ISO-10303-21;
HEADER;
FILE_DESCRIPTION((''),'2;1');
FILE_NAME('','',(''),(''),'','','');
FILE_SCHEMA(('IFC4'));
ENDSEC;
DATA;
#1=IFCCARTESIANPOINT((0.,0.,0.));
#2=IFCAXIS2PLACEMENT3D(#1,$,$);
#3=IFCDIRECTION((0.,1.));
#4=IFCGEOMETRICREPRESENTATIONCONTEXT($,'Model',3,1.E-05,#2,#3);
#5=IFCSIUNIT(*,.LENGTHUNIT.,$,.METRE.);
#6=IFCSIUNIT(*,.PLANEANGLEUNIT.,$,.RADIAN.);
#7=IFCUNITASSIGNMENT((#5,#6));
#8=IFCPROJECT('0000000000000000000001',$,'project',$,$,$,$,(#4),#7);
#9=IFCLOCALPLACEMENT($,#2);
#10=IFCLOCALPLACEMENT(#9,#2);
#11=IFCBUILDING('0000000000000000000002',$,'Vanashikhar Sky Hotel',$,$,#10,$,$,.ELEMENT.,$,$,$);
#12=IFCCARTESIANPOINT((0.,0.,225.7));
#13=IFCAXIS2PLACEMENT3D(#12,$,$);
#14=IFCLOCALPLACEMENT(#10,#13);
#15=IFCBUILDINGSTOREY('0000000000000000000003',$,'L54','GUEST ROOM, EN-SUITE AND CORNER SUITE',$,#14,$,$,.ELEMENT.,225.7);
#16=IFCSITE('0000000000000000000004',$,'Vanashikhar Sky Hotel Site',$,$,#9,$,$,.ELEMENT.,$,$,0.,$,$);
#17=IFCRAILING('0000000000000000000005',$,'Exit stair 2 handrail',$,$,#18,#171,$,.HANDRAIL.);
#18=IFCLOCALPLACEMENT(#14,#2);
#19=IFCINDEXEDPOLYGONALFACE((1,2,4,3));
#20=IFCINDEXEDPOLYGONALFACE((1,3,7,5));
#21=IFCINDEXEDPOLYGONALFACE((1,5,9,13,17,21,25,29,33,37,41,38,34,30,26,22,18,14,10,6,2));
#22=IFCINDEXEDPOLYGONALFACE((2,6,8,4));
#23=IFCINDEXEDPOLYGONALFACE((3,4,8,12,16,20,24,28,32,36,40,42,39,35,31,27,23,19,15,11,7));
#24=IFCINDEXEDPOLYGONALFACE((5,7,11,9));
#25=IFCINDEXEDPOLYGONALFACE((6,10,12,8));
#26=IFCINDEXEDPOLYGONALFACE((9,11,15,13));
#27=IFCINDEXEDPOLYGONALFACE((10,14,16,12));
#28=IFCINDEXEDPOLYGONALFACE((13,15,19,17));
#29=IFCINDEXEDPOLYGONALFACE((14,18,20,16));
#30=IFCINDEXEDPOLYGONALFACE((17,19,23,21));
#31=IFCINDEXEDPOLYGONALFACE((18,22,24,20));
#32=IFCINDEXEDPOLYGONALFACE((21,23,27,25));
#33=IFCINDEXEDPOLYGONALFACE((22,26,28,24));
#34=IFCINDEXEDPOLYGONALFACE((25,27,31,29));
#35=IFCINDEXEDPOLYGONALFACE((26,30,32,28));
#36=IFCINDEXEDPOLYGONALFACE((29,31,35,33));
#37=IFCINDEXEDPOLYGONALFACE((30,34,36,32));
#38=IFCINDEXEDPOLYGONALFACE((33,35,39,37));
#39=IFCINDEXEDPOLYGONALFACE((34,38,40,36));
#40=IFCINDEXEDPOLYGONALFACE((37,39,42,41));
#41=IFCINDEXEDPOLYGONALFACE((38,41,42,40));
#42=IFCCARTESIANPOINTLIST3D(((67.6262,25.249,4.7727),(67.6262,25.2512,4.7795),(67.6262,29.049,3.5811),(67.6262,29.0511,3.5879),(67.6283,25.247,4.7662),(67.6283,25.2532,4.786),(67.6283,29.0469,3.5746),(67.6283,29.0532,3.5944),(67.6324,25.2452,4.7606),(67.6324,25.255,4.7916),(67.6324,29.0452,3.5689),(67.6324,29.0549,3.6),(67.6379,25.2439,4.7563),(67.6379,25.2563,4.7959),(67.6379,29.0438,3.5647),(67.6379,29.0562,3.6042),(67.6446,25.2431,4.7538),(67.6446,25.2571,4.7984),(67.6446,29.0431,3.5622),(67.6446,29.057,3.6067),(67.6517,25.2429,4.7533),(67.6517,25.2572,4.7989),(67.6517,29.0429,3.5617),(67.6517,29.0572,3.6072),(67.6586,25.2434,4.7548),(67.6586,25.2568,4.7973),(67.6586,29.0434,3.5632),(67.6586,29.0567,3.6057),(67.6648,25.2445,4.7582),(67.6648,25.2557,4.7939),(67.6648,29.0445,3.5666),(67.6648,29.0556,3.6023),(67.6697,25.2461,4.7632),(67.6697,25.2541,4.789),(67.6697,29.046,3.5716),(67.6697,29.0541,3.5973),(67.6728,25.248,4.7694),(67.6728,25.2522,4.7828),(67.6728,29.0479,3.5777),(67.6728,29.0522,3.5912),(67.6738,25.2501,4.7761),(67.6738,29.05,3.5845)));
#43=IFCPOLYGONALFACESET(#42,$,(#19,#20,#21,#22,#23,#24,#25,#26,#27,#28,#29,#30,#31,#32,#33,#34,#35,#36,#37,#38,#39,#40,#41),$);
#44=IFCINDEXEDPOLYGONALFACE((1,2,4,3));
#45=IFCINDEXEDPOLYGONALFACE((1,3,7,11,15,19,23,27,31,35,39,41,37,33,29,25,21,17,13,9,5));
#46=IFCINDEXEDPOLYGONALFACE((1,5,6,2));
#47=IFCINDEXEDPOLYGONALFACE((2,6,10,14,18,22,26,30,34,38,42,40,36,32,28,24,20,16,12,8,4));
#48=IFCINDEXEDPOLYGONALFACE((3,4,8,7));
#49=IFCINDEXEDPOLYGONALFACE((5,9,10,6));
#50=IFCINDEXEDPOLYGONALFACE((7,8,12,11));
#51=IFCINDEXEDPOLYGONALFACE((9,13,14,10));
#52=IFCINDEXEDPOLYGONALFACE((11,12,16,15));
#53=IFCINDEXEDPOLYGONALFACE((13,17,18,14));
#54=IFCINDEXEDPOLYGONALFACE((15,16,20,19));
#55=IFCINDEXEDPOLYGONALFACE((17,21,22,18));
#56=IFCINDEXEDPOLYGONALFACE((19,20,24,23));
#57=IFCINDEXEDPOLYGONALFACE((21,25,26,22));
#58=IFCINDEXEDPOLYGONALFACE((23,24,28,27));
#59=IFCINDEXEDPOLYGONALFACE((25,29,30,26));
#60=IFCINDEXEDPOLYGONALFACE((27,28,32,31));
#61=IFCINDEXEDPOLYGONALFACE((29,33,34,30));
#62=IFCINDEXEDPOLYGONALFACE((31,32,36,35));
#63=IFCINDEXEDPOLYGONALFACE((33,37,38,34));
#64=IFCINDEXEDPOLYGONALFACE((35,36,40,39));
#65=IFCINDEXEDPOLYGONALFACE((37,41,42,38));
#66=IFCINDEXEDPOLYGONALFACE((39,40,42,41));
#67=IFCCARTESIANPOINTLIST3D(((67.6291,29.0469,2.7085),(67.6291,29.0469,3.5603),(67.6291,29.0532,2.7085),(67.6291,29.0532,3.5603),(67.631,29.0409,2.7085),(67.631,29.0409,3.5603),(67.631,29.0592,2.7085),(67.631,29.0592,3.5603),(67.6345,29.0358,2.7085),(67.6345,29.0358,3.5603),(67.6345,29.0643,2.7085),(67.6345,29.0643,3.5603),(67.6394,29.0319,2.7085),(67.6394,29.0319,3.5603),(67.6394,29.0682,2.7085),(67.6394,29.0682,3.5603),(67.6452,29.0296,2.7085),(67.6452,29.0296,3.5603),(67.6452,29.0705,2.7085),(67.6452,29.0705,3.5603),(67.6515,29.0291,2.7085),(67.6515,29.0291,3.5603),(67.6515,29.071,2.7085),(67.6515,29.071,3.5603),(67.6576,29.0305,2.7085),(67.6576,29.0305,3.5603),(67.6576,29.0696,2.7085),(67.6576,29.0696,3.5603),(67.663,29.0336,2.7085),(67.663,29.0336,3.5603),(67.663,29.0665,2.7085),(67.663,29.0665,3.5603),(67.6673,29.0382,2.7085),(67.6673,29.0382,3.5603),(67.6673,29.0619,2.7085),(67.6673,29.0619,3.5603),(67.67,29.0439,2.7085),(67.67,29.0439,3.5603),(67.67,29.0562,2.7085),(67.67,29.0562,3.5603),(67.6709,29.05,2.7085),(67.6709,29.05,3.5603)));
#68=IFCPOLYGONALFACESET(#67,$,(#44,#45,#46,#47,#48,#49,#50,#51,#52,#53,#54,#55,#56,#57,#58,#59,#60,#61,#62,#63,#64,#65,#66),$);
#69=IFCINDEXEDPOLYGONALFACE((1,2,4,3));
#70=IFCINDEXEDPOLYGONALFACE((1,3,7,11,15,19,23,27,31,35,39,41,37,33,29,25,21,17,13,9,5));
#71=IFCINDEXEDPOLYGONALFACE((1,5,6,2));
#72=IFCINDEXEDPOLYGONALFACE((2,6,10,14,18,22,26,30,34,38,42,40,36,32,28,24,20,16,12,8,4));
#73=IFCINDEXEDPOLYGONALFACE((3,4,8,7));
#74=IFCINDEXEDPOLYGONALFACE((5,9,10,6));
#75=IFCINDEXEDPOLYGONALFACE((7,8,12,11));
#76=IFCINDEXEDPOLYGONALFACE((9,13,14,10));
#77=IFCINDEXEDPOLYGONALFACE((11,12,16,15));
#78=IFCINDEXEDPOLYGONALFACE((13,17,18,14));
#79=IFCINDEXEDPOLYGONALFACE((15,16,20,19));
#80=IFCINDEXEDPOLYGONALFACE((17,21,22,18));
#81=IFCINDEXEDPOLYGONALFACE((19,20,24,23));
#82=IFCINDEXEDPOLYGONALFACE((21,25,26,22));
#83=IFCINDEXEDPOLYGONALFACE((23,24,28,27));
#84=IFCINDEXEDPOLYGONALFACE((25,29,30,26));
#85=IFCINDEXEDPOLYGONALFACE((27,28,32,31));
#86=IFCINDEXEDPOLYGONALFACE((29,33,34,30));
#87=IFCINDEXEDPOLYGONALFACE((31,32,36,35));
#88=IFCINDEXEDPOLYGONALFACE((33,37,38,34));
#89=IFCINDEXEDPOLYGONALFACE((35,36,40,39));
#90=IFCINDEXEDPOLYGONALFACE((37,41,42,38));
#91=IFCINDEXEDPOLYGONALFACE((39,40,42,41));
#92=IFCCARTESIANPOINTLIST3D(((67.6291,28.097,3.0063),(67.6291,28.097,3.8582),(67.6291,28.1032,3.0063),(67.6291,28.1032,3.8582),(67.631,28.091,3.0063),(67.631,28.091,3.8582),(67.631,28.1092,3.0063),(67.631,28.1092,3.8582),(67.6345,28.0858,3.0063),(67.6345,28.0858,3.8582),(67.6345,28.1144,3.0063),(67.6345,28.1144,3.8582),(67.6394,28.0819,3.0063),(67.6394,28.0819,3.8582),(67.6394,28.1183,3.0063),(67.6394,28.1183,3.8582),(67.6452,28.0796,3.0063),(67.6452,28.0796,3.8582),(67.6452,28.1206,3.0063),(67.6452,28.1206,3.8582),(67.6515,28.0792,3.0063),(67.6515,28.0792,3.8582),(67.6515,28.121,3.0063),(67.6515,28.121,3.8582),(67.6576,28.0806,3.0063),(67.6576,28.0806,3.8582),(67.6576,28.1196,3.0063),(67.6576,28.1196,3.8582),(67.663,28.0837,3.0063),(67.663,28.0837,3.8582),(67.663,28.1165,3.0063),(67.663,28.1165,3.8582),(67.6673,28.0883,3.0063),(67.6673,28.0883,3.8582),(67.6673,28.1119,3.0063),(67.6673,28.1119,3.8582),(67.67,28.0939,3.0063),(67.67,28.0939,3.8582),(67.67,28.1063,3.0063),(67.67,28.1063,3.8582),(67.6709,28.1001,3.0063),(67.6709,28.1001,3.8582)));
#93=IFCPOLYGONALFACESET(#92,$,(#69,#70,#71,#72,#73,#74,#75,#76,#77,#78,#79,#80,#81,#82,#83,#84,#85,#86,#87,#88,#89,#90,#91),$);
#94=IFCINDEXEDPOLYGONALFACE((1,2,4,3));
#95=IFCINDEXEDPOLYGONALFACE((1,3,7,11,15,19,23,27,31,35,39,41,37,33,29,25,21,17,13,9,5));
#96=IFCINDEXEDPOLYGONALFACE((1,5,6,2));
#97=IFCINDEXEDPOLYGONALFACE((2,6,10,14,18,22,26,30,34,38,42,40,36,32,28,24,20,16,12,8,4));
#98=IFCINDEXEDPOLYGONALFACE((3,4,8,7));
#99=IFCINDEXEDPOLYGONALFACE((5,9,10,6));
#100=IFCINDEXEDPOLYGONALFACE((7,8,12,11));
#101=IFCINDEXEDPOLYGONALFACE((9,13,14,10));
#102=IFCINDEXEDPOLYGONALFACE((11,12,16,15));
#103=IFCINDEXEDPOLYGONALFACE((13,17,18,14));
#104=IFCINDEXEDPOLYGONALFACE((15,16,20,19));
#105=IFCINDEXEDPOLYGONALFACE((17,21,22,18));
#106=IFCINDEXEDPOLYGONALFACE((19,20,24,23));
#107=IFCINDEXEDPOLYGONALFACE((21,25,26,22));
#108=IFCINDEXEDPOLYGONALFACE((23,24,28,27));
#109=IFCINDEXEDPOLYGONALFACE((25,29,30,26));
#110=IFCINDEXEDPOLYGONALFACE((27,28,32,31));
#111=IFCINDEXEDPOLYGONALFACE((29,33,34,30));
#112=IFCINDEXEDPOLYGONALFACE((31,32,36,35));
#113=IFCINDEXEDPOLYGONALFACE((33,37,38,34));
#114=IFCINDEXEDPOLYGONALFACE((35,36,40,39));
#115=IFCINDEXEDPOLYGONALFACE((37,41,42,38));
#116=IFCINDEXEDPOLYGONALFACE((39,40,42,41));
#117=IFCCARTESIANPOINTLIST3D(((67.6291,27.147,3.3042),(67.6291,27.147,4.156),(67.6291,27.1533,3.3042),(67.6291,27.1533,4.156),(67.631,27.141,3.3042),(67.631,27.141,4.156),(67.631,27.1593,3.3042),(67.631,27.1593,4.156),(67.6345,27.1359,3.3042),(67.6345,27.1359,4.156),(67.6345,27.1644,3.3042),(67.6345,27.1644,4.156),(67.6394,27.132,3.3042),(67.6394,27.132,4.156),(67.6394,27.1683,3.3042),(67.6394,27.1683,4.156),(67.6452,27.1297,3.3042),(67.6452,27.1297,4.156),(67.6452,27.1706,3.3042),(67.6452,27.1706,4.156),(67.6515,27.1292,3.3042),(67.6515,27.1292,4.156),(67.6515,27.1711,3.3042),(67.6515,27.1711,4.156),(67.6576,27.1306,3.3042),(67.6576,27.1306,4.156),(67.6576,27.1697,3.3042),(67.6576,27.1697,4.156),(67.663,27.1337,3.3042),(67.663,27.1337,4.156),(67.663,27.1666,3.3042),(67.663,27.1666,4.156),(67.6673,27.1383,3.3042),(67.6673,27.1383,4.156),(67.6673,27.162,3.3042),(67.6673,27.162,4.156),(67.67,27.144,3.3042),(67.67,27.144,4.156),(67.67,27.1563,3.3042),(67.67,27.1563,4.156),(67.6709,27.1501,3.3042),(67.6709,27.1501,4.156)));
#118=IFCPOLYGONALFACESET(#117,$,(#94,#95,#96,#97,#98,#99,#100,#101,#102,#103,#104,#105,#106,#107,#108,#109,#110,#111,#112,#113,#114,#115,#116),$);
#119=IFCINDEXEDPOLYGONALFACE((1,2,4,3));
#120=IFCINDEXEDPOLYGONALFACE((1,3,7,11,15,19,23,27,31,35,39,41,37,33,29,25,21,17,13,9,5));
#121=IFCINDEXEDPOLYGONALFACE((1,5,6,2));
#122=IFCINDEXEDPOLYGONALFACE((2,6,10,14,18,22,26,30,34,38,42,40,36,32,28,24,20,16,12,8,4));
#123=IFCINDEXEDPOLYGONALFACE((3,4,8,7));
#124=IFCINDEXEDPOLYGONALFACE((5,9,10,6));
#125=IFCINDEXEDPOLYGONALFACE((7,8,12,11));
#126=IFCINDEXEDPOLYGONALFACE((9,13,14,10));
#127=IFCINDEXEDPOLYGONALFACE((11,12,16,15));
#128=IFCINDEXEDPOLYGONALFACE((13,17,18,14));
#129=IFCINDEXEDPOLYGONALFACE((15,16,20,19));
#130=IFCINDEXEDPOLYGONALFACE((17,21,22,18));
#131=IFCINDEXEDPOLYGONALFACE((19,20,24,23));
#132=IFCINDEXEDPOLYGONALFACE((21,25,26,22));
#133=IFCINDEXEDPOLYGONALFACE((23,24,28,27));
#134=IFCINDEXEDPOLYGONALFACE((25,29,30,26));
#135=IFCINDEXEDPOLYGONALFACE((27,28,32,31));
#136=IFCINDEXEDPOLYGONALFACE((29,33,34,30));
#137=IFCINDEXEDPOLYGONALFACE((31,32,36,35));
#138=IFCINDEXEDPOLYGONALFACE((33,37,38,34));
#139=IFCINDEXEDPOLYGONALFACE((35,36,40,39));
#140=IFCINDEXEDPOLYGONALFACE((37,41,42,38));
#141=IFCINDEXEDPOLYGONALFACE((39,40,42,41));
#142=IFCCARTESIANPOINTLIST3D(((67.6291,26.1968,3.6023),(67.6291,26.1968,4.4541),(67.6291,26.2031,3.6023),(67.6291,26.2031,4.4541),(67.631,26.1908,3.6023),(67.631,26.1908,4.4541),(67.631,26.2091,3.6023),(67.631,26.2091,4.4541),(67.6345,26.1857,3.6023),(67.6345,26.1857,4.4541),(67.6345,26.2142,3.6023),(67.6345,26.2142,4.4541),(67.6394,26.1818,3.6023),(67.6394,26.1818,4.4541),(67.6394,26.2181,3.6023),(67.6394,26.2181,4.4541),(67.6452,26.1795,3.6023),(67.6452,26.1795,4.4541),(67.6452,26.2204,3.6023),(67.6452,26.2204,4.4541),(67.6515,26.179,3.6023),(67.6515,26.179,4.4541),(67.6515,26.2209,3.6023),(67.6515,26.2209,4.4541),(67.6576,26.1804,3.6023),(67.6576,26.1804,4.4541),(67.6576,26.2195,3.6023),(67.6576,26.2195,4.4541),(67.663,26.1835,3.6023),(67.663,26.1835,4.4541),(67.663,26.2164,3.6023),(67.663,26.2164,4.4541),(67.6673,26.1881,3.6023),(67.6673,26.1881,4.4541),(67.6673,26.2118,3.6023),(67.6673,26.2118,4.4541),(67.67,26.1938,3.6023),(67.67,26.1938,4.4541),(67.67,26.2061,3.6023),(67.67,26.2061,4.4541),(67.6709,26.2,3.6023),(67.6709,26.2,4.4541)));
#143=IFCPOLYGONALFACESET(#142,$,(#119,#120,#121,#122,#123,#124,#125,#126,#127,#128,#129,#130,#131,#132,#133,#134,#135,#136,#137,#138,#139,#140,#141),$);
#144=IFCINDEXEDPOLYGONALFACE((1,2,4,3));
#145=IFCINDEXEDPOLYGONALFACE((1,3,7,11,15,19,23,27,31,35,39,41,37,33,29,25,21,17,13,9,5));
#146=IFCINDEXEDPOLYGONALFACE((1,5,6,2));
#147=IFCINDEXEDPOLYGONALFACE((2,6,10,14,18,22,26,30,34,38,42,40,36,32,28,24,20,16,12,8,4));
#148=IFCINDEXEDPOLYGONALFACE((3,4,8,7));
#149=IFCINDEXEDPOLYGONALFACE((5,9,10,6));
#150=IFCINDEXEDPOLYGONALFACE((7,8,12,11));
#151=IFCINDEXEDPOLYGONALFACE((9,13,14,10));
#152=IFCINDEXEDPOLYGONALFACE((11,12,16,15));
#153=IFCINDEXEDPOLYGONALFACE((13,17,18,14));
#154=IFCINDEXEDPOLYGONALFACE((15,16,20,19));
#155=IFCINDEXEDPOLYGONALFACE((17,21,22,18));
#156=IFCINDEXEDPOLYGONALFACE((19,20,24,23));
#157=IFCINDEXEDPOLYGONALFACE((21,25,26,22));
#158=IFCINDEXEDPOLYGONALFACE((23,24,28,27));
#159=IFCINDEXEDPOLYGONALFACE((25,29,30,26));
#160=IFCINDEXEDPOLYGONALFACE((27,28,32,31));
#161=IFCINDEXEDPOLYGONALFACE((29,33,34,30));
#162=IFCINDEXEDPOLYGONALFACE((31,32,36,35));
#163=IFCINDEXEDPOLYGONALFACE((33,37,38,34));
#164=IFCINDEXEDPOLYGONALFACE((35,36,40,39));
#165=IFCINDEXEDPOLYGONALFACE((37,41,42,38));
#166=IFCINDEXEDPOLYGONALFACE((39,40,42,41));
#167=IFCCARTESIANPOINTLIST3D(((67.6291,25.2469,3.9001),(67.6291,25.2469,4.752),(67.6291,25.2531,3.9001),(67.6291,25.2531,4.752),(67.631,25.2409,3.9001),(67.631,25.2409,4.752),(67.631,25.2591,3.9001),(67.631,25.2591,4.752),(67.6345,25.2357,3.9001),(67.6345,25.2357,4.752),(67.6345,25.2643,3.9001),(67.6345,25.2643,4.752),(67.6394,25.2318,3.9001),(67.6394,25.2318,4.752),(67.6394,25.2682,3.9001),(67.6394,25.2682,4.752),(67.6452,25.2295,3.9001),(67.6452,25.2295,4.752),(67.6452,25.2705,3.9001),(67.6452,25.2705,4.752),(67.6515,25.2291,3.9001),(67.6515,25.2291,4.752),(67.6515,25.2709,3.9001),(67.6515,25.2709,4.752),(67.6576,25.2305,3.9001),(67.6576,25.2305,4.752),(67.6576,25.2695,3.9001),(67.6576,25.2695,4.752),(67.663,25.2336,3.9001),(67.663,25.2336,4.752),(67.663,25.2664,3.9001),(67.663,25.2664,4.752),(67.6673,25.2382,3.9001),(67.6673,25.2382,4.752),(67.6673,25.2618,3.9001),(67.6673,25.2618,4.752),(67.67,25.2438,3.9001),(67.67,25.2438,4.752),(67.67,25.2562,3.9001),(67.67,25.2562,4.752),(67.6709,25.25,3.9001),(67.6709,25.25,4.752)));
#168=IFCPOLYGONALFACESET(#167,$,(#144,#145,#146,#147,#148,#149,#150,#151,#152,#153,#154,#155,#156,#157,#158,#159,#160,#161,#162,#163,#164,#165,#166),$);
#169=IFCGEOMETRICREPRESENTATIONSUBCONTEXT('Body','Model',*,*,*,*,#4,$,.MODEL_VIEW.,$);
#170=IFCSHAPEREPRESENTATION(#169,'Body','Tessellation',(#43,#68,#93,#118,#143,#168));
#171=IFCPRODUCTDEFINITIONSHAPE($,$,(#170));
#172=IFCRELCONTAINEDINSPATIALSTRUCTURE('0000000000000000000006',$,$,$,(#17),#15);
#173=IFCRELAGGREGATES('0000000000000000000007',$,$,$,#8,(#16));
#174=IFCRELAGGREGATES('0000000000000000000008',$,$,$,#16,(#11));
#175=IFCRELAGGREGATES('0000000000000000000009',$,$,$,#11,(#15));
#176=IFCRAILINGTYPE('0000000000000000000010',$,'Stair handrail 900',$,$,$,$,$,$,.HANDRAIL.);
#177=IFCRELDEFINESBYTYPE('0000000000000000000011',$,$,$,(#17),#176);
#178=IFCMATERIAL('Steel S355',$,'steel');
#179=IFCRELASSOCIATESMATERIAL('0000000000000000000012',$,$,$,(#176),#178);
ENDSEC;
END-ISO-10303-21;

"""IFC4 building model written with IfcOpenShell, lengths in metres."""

from ifc_helpers import new_model, si_unit, direction, frame, origin, origin_2d, place, context, subcontext, project, spatial, circle, extrude, source, transform, mapped, material, type_object, element, save


model = new_model("IFC4")

# Units and contexts
model_context = context("Model", 3, precision=1e-05, world=origin(), true_north=direction((0.0, 1.0)))
body_context = subcontext(model_context, "Body", "Model", "MODEL_VIEW")
ifc_project = project(units=[si_unit("LENGTHUNIT", "METRE"), si_unit("PLANEANGLEUNIT", "RADIAN")], contexts=[model_context])

# Site, building, storey
site_placement = place(None, origin())
site = spatial("IfcSite", under=ifc_project, at=site_placement, Name="Vanashikhar Sky Hotel Site", CompositionType="ELEMENT", RefElevation=0.0)
building_placement = place(site_placement, origin())
building = spatial("IfcBuilding", under=site, at=building_placement, Name="Vanashikhar Sky Hotel", CompositionType="ELEMENT")
storey_placement = place(building_placement, frame((0.0, 0.0, 225.7)))
storey = spatial("IfcBuildingStorey", under=building, at=storey_placement, Name="L54", Description="GUEST ROOM, EN-SUITE AND CORNER SUITE", CompositionType="ELEMENT", Elevation=225.7)

# Railing
ifc_material_1 = material(Name="Steel S355", Category="steel")
railing_type_1 = type_object("IfcRailingType", Name="Stair handrail 900", PredefinedType="HANDRAIL", material=ifc_material_1)
shared_shape_1 = source(origin(), body_context, "Body", "SweptSolid", [
    extrude(circle(Radius=0.0239, at=origin_2d()), frame((0.0, 0.0, 0.876), z_axis=(0.0, -0.954184, 0.299221), x_axis=(1.0, 0.0, 0.0)), (0.0, 0.0, 1.0), 3.9824),
    extrude(circle(Radius=0.021, at=origin_2d()), origin(), (0.0, 0.0, 1.0), 0.8518),
    extrude(circle(Radius=0.021, at=origin_2d()), frame((0.0, -0.95, 0.2979)), (0.0, 0.0, 1.0), 0.8518),
    extrude(circle(Radius=0.021, at=origin_2d()), frame((0.0, -1.8999, 0.5957)), (0.0, 0.0, 1.0), 0.8518),
    extrude(circle(Radius=0.021, at=origin_2d()), frame((0.0, -2.8501, 0.8938)), (0.0, 0.0, 1.0), 0.8518),
    extrude(circle(Radius=0.021, at=origin_2d()), frame((0.0, -3.8, 1.1917)), (0.0, 0.0, 1.0), 0.8518),
])
for number, where, name in (
    (1, (67.6499, 29.05, 2.7085), "Exit stair 2 handrail"),
):
    element("IfcRailing", number, at=place(storey_placement, frame(where)), inside=storey, type_object=railing_type_1, Name=name, PredefinedType="HANDRAIL", context=body_context, shape_type="MappedRepresentation", body=[
        mapped(shared_shape_1, transform((0.0, 0.0, 0.0), scale=1.0)),
    ])

save(model, "model.ifc")
